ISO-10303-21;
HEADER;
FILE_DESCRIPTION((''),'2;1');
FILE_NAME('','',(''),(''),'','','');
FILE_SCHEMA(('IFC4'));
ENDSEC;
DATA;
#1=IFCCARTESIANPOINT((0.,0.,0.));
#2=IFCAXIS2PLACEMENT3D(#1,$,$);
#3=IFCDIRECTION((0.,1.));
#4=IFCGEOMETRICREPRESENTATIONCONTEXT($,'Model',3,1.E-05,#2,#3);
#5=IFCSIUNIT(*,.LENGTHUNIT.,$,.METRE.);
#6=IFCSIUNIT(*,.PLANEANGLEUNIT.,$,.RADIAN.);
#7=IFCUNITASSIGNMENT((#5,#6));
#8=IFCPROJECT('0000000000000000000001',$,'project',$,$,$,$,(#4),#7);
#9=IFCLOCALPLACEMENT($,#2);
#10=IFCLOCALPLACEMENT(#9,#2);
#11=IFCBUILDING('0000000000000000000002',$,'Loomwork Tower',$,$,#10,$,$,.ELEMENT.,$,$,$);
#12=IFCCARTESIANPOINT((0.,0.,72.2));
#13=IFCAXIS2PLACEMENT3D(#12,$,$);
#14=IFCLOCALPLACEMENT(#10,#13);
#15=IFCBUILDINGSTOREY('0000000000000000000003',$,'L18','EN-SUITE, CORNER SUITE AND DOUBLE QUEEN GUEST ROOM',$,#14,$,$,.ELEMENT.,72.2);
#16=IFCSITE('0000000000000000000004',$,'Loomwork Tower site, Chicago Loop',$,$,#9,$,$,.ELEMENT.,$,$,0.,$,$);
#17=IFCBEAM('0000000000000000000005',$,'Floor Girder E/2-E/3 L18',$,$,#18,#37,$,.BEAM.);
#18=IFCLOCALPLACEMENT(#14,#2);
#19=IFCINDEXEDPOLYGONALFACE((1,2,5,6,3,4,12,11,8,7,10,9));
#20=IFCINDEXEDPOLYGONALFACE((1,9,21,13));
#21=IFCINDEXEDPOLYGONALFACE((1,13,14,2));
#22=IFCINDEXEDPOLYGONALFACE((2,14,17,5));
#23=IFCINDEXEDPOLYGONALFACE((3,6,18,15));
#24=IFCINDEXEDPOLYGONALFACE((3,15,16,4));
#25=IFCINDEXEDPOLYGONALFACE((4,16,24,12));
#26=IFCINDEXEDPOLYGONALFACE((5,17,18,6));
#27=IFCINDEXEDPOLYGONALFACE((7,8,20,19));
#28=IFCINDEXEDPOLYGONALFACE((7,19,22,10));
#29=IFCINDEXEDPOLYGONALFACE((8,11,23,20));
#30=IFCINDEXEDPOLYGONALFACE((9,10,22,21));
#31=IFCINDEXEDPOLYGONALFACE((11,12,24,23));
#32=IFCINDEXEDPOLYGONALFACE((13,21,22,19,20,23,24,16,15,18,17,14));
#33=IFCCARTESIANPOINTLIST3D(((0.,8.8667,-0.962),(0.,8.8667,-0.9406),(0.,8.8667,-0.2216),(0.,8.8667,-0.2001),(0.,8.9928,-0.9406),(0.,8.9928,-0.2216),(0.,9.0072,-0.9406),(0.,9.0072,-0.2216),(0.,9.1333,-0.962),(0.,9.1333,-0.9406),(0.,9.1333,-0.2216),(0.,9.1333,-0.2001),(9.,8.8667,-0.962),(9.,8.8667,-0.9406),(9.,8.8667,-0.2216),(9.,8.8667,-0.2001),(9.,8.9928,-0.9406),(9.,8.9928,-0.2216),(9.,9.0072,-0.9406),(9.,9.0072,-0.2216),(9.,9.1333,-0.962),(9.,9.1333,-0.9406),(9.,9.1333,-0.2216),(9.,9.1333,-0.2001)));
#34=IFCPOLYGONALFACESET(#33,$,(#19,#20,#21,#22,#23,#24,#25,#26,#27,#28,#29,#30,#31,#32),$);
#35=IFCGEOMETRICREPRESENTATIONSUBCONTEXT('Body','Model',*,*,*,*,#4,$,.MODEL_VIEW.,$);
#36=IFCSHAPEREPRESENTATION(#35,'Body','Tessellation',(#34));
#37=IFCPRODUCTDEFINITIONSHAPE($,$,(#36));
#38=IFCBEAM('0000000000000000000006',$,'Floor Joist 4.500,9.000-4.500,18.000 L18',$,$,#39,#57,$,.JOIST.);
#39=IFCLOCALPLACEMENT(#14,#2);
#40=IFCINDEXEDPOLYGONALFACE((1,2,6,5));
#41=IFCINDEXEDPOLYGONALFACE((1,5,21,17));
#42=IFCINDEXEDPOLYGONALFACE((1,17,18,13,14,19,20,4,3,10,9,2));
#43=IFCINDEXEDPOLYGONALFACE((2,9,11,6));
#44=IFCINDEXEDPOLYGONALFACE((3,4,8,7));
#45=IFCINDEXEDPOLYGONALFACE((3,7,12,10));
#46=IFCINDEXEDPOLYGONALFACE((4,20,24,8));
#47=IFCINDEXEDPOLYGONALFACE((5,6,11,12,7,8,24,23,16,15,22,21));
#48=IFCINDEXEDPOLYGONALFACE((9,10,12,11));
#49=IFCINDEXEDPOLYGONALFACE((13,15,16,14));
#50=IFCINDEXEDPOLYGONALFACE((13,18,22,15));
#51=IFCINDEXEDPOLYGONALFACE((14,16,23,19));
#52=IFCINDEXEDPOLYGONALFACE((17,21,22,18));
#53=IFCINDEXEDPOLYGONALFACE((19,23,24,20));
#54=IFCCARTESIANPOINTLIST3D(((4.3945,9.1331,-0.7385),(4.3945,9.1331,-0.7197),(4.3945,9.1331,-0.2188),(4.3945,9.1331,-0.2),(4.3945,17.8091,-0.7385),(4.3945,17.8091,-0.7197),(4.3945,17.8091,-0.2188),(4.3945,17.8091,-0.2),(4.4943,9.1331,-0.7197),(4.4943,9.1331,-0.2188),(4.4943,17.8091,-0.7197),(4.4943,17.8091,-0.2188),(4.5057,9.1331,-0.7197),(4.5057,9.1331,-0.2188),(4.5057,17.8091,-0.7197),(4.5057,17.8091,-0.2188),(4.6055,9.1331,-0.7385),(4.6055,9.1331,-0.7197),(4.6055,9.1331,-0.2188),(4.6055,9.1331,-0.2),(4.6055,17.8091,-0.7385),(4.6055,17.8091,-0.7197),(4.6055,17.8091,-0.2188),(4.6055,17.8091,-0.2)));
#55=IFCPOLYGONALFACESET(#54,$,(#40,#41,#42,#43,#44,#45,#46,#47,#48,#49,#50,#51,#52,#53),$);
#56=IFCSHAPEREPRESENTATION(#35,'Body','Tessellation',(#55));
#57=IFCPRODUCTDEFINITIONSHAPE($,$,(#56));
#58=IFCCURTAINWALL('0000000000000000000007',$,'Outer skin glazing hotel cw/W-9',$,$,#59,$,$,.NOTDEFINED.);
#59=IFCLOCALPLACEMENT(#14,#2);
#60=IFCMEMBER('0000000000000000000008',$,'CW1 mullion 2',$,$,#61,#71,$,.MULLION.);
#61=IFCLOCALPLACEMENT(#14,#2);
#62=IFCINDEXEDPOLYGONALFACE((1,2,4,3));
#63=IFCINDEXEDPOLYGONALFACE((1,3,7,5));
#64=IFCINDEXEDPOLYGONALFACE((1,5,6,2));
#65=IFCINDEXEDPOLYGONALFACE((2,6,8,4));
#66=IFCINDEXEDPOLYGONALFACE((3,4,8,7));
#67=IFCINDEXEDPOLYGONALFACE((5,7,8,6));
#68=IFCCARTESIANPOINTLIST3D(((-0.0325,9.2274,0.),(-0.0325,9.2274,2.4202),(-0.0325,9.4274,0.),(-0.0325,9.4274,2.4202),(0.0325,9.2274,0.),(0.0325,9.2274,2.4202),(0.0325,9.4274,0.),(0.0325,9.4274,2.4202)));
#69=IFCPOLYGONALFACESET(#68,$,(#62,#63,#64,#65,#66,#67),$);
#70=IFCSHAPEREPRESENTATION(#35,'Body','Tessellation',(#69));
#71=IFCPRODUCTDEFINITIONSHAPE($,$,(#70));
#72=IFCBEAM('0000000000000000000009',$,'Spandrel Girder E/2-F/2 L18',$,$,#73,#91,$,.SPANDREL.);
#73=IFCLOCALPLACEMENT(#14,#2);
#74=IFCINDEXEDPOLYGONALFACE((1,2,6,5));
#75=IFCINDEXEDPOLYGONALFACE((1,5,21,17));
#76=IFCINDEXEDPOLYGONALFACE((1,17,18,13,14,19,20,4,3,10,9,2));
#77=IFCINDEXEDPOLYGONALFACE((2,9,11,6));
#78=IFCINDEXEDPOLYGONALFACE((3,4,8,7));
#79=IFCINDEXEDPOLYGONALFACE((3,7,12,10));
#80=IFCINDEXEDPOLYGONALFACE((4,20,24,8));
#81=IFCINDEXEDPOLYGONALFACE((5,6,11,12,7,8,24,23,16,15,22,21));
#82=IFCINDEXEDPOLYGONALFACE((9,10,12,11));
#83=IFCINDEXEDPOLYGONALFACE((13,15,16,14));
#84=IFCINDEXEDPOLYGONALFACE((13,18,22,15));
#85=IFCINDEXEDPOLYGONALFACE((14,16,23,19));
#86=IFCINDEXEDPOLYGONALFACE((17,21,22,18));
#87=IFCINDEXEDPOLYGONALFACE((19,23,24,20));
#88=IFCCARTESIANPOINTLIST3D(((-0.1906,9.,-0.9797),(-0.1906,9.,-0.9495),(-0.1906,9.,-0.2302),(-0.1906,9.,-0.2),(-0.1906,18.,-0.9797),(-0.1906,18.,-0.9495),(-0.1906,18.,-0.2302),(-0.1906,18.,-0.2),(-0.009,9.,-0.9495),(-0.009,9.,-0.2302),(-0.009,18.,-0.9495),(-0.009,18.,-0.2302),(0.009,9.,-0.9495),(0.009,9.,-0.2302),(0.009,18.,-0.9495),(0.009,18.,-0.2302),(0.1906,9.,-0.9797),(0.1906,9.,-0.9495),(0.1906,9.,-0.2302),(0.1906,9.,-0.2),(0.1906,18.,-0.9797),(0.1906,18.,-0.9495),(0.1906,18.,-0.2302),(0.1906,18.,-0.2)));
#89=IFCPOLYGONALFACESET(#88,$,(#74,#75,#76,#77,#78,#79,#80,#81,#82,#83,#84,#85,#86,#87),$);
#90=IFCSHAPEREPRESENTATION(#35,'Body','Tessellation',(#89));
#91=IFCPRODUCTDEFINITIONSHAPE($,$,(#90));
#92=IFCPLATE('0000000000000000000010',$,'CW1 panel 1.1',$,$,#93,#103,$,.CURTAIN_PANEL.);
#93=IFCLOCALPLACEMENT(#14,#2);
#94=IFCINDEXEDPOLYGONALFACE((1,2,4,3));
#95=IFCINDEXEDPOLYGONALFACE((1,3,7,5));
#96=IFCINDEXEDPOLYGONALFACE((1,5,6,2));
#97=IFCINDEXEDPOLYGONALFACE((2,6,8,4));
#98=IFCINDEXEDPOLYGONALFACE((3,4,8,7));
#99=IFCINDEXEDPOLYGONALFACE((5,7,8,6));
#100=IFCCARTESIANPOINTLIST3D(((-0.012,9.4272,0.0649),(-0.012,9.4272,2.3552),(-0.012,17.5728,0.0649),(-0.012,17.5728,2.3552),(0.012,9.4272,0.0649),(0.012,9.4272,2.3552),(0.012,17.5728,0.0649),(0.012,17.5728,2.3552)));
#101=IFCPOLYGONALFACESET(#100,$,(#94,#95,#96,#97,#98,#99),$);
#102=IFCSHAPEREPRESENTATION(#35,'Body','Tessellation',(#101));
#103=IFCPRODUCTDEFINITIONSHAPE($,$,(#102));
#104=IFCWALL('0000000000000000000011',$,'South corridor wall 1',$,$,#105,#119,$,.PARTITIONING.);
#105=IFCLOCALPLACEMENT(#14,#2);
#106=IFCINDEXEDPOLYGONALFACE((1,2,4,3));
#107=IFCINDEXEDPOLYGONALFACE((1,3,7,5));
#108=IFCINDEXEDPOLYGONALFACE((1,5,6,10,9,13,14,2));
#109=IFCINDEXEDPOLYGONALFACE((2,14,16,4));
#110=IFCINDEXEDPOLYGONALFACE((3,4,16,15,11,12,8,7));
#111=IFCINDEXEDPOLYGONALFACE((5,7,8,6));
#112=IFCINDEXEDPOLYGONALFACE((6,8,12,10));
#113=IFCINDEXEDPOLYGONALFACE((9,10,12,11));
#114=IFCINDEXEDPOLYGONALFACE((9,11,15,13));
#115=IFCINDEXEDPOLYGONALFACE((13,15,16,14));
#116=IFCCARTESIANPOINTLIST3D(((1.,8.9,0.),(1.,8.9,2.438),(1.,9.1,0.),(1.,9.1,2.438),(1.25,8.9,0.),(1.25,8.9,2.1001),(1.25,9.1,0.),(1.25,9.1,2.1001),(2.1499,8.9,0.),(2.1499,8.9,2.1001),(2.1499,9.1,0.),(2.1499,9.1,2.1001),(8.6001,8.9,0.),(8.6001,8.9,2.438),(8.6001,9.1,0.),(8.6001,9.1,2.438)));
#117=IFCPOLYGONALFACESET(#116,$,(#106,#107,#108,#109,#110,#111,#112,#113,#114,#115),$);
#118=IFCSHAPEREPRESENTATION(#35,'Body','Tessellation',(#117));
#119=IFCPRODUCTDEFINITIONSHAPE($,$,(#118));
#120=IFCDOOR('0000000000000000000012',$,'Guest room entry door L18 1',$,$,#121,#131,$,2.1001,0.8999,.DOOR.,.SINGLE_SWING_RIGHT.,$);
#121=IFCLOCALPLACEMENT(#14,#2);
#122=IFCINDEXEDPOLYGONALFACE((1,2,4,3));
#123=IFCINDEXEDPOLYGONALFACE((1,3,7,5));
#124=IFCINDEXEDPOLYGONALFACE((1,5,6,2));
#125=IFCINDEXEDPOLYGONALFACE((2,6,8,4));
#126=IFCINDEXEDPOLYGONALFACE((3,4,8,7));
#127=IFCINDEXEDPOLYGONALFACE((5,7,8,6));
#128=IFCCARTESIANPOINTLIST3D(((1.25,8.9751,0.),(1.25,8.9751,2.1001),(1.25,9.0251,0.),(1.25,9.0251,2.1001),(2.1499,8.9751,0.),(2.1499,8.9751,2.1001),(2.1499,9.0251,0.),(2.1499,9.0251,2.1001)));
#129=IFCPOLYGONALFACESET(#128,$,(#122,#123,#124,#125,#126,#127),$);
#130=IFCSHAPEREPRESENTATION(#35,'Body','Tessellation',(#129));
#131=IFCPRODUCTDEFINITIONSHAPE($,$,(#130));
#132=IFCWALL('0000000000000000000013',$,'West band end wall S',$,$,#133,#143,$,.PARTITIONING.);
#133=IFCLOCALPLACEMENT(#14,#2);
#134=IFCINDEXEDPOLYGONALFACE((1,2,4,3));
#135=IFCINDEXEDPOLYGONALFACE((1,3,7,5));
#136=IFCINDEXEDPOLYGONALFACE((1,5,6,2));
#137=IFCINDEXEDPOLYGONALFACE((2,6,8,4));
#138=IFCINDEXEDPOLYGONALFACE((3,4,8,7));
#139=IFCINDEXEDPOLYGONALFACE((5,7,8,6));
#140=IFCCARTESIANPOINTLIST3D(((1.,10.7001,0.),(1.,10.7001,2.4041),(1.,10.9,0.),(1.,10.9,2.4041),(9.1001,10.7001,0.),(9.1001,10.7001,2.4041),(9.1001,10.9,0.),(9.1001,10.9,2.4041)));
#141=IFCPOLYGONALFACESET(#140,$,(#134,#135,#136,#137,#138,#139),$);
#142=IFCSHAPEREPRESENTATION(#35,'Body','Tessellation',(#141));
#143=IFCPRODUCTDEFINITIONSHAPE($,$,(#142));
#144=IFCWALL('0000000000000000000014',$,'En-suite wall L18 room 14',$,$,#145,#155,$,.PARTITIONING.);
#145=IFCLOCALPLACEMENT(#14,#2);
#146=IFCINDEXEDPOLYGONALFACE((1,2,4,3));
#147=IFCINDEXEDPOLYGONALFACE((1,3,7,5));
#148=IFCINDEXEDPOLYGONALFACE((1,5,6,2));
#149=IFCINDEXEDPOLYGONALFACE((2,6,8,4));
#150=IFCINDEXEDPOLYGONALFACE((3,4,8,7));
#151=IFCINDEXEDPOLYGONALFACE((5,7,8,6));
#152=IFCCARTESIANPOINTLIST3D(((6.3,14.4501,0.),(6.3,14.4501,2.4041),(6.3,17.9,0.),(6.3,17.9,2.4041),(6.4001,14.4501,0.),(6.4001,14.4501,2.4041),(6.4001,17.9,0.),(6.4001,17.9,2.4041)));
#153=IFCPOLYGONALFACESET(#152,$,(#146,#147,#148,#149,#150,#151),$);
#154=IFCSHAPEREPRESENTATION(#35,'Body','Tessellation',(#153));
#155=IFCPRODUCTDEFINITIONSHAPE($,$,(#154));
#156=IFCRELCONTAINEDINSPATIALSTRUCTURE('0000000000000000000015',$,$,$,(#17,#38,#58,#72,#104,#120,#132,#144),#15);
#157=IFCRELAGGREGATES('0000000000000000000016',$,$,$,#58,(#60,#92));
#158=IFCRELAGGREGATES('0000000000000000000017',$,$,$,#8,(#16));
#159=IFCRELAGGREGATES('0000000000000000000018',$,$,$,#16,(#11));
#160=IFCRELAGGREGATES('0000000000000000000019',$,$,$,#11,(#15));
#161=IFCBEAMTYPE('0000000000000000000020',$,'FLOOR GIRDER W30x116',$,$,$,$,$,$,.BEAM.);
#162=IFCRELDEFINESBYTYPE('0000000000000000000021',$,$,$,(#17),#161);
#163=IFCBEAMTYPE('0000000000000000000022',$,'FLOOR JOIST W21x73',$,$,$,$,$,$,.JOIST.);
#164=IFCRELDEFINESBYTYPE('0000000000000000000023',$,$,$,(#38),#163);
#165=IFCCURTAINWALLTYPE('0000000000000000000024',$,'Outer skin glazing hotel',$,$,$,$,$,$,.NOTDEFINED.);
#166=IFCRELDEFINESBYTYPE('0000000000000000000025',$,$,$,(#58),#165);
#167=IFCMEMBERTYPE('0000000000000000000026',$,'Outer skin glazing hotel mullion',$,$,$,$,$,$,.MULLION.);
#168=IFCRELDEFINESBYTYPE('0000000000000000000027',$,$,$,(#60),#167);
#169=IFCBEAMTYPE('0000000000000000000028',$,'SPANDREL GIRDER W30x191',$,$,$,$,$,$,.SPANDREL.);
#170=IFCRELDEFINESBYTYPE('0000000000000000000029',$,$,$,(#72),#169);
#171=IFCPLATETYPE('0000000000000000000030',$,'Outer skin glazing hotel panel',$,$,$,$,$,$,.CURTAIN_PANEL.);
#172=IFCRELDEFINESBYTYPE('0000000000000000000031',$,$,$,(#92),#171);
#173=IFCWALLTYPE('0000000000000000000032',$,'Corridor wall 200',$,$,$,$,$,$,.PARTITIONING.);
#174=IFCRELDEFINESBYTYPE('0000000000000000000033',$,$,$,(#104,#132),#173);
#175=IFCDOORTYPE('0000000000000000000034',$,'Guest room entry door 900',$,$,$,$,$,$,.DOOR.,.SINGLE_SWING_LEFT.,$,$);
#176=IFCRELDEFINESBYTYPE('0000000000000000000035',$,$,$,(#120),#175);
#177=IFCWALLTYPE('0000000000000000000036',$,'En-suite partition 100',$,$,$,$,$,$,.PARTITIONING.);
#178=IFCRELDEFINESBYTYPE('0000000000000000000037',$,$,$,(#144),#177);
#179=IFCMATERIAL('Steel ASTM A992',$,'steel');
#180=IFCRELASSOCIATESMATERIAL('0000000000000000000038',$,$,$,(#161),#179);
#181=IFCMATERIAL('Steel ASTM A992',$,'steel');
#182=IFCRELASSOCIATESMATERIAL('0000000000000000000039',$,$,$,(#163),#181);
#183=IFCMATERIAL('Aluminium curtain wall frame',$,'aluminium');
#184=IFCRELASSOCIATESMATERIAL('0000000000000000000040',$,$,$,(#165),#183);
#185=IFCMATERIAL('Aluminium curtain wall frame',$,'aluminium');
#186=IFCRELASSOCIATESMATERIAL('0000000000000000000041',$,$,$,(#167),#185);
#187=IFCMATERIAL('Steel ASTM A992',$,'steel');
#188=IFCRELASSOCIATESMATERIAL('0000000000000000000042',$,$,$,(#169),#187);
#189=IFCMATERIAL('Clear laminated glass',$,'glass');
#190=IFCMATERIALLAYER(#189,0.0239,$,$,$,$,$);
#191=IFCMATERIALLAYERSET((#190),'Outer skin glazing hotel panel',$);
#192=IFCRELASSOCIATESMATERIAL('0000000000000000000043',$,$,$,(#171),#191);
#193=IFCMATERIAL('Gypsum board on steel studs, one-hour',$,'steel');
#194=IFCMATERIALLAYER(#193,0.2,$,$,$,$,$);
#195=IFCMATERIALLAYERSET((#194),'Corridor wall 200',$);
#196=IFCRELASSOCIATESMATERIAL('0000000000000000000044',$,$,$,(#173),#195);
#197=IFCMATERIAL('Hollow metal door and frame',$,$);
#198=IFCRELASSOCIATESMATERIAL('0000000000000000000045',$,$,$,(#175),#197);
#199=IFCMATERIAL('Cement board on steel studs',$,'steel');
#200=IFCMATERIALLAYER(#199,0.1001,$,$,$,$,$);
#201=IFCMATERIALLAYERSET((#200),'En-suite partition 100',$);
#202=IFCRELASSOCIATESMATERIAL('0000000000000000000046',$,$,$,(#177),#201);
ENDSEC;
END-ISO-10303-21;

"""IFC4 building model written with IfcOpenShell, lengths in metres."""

from ifc_helpers import new_model, si_unit, direction, frame, frame_2d, origin, origin_2d, place, context, subcontext, project, spatial, rectangle, i_section, extrude, material, layer, layer_set, material_profile, profile_set, type_object, element, fill, aggregate, save


model = new_model("IFC4")

# Units and contexts
model_context = context("Model", 3, precision=1e-05, world=origin(), true_north=direction((0.0, 1.0)))
body_context = subcontext(model_context, "Body", "Model", "MODEL_VIEW")
ifc_project = project(units=[si_unit("LENGTHUNIT", "METRE"), si_unit("PLANEANGLEUNIT", "RADIAN")], contexts=[model_context])

# Site, building, storey
site_placement = place(None, origin())
site = spatial("IfcSite", under=ifc_project, at=site_placement, Name="Loomwork Tower site, Chicago Loop", CompositionType="ELEMENT", RefElevation=0.0)
building_placement = place(site_placement, origin())
building = spatial("IfcBuilding", under=site, at=building_placement, Name="Loomwork Tower", CompositionType="ELEMENT")
storey_placement = place(building_placement, frame((0.0, 0.0, 72.2)))
storey = spatial("IfcBuildingStorey", under=building, at=storey_placement, Name="L18", Description="EN-SUITE, CORNER SUITE AND DOUBLE QUEEN GUEST ROOM", CompositionType="ELEMENT", Elevation=72.2)

# Beams
ifc_material_1 = material(Name="Steel ASTM A992", Category="steel")
ifc_material_profile_1 = material_profile(ifc_material_1, i_section(OverallWidth=0.2666, OverallDepth=0.762, WebThickness=0.0144, FlangeThickness=0.0215, at=origin_2d()), Name="W30x116")
ifc_profile_set_1 = profile_set([ifc_material_profile_1], Name="Steel ASTM A992")
beam_type_1 = type_object("IfcBeamType", Name="FLOOR GIRDER W30x116", PredefinedType="BEAM", material=ifc_profile_set_1)
beam_1_placement = place(storey_placement, frame((0.0, 9.0, -0.5811), z_axis=(1.0, 0.0, 0.0), x_axis=(0.0, 1.0, 0.0)))
element("IfcBeam", 1, at=beam_1_placement, inside=storey, type_object=beam_type_1, Name="Floor Girder E/2-E/3 L18", PredefinedType="BEAM", context=body_context, shape_type="SweptSolid", body=[
    extrude(i_section(OverallWidth=0.2666, OverallDepth=0.762, WebThickness=0.0144, FlangeThickness=0.0215, at=origin_2d()), origin(), (0.0, 0.0, 1.0), 9.0),
])
ifc_material_2 = material(Name="Steel ASTM A992", Category="steel")
ifc_material_profile_2 = material_profile(ifc_material_2, i_section(OverallWidth=0.2109, OverallDepth=0.5386, WebThickness=0.0115, FlangeThickness=0.0188, at=origin_2d()), Name="W21x73")
ifc_profile_set_2 = profile_set([ifc_material_profile_2], Name="Steel ASTM A992")
beam_type_2 = type_object("IfcBeamType", Name="FLOOR JOIST W21x73", PredefinedType="JOIST", material=ifc_profile_set_2)
beam_2_placement = place(storey_placement, frame((4.5, 9.1331, -0.4692), z_axis=(0.0, 1.0, 0.0), x_axis=(-1.0, 0.0, 0.0)))
element("IfcBeam", 2, at=beam_2_placement, inside=storey, type_object=beam_type_2, Name="Floor Joist 4.500,9.000-4.500,18.000 L18", PredefinedType="JOIST", context=body_context, shape_type="SweptSolid", body=[
    extrude(i_section(OverallWidth=0.2109, OverallDepth=0.5386, WebThickness=0.0115, FlangeThickness=0.0188, at=origin_2d()), origin(), (0.0, 0.0, 1.0), 8.676),
])

# Curtain wall, member
ifc_material_3 = material(Name="Aluminium curtain wall frame", Category="aluminium")
curtain_wall_type = type_object("IfcCurtainWallType", Name="Outer skin glazing hotel", PredefinedType="NOTDEFINED", material=ifc_material_3)
curtain_wall_placement = place(storey_placement, origin())
curtain_wall = element("IfcCurtainWall", 3, at=curtain_wall_placement, inside=storey, type_object=curtain_wall_type, Name="Outer skin glazing hotel cw/W-9", PredefinedType="NOTDEFINED")
ifc_material_4 = material(Name="Aluminium curtain wall frame", Category="aluminium")
ifc_material_profile_3 = material_profile(ifc_material_4, rectangle(XDim=0.0649, YDim=0.2, at=origin_2d()), Name="AL 65x200")
ifc_profile_set_3 = profile_set([ifc_material_profile_3], Name="Aluminium curtain wall frame")
member_type = type_object("IfcMemberType", Name="Outer skin glazing hotel mullion", PredefinedType="MULLION", material=ifc_profile_set_3)
member_placement = place(storey_placement, frame((0.0, 9.3274, 0.0), z_axis=(0.0, 0.0, 1.0), x_axis=(1.0, 0.0, 0.0)))
member = element("IfcMember", 4, at=member_placement, type_object=member_type, Name="CW1 mullion 2", PredefinedType="MULLION", context=body_context, shape_type="SweptSolid", body=[
    extrude(rectangle(XDim=0.0649, YDim=0.2, at=origin_2d()), origin(), (0.0, 0.0, 1.0), 2.4202),
])

# Beam
ifc_material_5 = material(Name="Steel ASTM A992", Category="steel")
ifc_material_profile_4 = material_profile(ifc_material_5, i_section(OverallWidth=0.3811, OverallDepth=0.7798, WebThickness=0.0181, FlangeThickness=0.0303, at=origin_2d()), Name="W30x191")
ifc_profile_set_4 = profile_set([ifc_material_profile_4], Name="Steel ASTM A992")
beam_type_3 = type_object("IfcBeamType", Name="SPANDREL GIRDER W30x191", PredefinedType="SPANDREL", material=ifc_profile_set_4)
beam_3_placement = place(storey_placement, frame((0.0, 9.0, -0.5898), z_axis=(0.0, 1.0, 0.0), x_axis=(-1.0, 0.0, 0.0)))
element("IfcBeam", 5, at=beam_3_placement, inside=storey, type_object=beam_type_3, Name="Spandrel Girder E/2-F/2 L18", PredefinedType="SPANDREL", context=body_context, shape_type="SweptSolid", body=[
    extrude(i_section(OverallWidth=0.3811, OverallDepth=0.7798, WebThickness=0.0181, FlangeThickness=0.0303, at=origin_2d()), origin(), (0.0, 0.0, 1.0), 9.0),
])

# Plate
ifc_material_6 = material(Name="Clear laminated glass", Category="glass")
ifc_layer_1 = layer(ifc_material_6, 0.0239)
ifc_layer_set_1 = layer_set([ifc_layer_1], Name="Outer skin glazing hotel panel")
plate_type = type_object("IfcPlateType", Name="Outer skin glazing hotel panel", PredefinedType="CURTAIN_PANEL", material=ifc_layer_set_1)
plate_placement = place(storey_placement, frame((0.0, 13.5, 0.0649), z_axis=(0.0, 0.0, 1.0), x_axis=(0.0, -1.0, 0.0)))
plate = element("IfcPlate", 6, at=plate_placement, type_object=plate_type, Name="CW1 panel 1.1", PredefinedType="CURTAIN_PANEL", context=body_context, shape_type="SweptSolid", body=[
    extrude(rectangle(XDim=8.1455, YDim=0.0239, at=origin_2d()), origin(), (0.0, 0.0, 1.0), 2.2903),
])
aggregate(curtain_wall, [member, plate])

# Wall, opening, door
ifc_material_7 = material(Name="Gypsum board on steel studs, one-hour", Category="steel")
ifc_layer_2 = layer(ifc_material_7, 0.2)
ifc_layer_set_2 = layer_set([ifc_layer_2], Name="Corridor wall 200")
wall_type_1 = type_object("IfcWallType", Name="Corridor wall 200", PredefinedType="PARTITIONING", material=ifc_layer_set_2)
wall_1_placement = place(storey_placement, frame((1.0, 9.0, 0.0), z_axis=(0.0, 0.0, 1.0), x_axis=(1.0, 0.0, 0.0)))
wall_1 = element("IfcWall", 7, at=wall_1_placement, inside=storey, type_object=wall_type_1, Name="South corridor wall 1", PredefinedType="PARTITIONING", context=body_context, shape_type="SweptSolid", body=[
    extrude(rectangle(XDim=7.6001, YDim=0.2, at=frame_2d((3.8, 0.0))), origin(), (0.0, 0.0, 1.0), 2.438),
])
opening_1_placement = place(wall_1_placement, frame((0.25, 0.0, 0.0)))
opening_1 = element("IfcOpeningElement", 8, at=opening_1_placement, cuts=wall_1, PredefinedType="OPENING", context=body_context, shape_type="SweptSolid", body=[
    extrude(rectangle(XDim=0.8999, YDim=2.1001, at=frame_2d((0.45, 1.05))), frame((0.0, 0.1099, 0.0), z_axis=(0.0, -1.0, 0.0), x_axis=(1.0, 0.0, 0.0)), (0.0, 0.0, 1.0), 0.22),
])
ifc_material_8 = material(Name="Hollow metal door and frame")
door_type_1 = type_object("IfcDoorType", Name="Guest room entry door 900", OperationType="SINGLE_SWING_LEFT", PredefinedType="DOOR", material=ifc_material_8)
door_1_placement = place(opening_1_placement, frame((0.8999, 0.0, 0.0), z_axis=(0.0, 0.0, 1.0), x_axis=(-1.0, 0.0, 0.0)))
door_1 = element("IfcDoor", 9, at=door_1_placement, inside=storey, type_object=door_type_1, Name="Guest room entry door L18 1", OperationType="SINGLE_SWING_RIGHT", OverallHeight=2.1001, OverallWidth=0.8999, PredefinedType="DOOR", context=body_context, shape_type="SweptSolid", body=[
    extrude(rectangle(XDim=0.8999, YDim=2.1001, at=frame_2d((0.45, 1.05))), frame((0.0, 0.0249, 0.0), z_axis=(0.0, -1.0, 0.0), x_axis=(1.0, 0.0, 0.0)), (0.0, 0.0, 1.0), 0.05),
])
fill(opening_1, door_1)

# Walls
wall_2_placement = place(storey_placement, frame((1.0, 10.8, 0.0), z_axis=(0.0, 0.0, 1.0), x_axis=(1.0, 0.0, 0.0)))
element("IfcWall", 10, at=wall_2_placement, inside=storey, type_object=wall_type_1, Name="West band end wall S", PredefinedType="PARTITIONING", context=body_context, shape_type="SweptSolid", body=[
    extrude(rectangle(XDim=8.1001, YDim=0.2, at=frame_2d((4.05, 0.0))), origin(), (0.0, 0.0, 1.0), 2.4041),
])
ifc_material_9 = material(Name="Cement board on steel studs", Category="steel")
ifc_layer_3 = layer(ifc_material_9, 0.1001)
ifc_layer_set_3 = layer_set([ifc_layer_3], Name="En-suite partition 100")
wall_type_2 = type_object("IfcWallType", Name="En-suite partition 100", PredefinedType="PARTITIONING", material=ifc_layer_set_3)
wall_3_placement = place(storey_placement, frame((6.3501, 14.45, 0.0), z_axis=(0.0, 0.0, 1.0), x_axis=(0.0, 1.0, 0.0)))
element("IfcWall", 11, at=wall_3_placement, inside=storey, type_object=wall_type_2, Name="En-suite wall L18 room 14", PredefinedType="PARTITIONING", context=body_context, shape_type="SweptSolid", body=[
    extrude(rectangle(XDim=3.45, YDim=0.1001, at=frame_2d((1.7251, 0.0))), origin(), (0.0, 0.0, 1.0), 2.4041),
])

save(model, "model.ifc")
